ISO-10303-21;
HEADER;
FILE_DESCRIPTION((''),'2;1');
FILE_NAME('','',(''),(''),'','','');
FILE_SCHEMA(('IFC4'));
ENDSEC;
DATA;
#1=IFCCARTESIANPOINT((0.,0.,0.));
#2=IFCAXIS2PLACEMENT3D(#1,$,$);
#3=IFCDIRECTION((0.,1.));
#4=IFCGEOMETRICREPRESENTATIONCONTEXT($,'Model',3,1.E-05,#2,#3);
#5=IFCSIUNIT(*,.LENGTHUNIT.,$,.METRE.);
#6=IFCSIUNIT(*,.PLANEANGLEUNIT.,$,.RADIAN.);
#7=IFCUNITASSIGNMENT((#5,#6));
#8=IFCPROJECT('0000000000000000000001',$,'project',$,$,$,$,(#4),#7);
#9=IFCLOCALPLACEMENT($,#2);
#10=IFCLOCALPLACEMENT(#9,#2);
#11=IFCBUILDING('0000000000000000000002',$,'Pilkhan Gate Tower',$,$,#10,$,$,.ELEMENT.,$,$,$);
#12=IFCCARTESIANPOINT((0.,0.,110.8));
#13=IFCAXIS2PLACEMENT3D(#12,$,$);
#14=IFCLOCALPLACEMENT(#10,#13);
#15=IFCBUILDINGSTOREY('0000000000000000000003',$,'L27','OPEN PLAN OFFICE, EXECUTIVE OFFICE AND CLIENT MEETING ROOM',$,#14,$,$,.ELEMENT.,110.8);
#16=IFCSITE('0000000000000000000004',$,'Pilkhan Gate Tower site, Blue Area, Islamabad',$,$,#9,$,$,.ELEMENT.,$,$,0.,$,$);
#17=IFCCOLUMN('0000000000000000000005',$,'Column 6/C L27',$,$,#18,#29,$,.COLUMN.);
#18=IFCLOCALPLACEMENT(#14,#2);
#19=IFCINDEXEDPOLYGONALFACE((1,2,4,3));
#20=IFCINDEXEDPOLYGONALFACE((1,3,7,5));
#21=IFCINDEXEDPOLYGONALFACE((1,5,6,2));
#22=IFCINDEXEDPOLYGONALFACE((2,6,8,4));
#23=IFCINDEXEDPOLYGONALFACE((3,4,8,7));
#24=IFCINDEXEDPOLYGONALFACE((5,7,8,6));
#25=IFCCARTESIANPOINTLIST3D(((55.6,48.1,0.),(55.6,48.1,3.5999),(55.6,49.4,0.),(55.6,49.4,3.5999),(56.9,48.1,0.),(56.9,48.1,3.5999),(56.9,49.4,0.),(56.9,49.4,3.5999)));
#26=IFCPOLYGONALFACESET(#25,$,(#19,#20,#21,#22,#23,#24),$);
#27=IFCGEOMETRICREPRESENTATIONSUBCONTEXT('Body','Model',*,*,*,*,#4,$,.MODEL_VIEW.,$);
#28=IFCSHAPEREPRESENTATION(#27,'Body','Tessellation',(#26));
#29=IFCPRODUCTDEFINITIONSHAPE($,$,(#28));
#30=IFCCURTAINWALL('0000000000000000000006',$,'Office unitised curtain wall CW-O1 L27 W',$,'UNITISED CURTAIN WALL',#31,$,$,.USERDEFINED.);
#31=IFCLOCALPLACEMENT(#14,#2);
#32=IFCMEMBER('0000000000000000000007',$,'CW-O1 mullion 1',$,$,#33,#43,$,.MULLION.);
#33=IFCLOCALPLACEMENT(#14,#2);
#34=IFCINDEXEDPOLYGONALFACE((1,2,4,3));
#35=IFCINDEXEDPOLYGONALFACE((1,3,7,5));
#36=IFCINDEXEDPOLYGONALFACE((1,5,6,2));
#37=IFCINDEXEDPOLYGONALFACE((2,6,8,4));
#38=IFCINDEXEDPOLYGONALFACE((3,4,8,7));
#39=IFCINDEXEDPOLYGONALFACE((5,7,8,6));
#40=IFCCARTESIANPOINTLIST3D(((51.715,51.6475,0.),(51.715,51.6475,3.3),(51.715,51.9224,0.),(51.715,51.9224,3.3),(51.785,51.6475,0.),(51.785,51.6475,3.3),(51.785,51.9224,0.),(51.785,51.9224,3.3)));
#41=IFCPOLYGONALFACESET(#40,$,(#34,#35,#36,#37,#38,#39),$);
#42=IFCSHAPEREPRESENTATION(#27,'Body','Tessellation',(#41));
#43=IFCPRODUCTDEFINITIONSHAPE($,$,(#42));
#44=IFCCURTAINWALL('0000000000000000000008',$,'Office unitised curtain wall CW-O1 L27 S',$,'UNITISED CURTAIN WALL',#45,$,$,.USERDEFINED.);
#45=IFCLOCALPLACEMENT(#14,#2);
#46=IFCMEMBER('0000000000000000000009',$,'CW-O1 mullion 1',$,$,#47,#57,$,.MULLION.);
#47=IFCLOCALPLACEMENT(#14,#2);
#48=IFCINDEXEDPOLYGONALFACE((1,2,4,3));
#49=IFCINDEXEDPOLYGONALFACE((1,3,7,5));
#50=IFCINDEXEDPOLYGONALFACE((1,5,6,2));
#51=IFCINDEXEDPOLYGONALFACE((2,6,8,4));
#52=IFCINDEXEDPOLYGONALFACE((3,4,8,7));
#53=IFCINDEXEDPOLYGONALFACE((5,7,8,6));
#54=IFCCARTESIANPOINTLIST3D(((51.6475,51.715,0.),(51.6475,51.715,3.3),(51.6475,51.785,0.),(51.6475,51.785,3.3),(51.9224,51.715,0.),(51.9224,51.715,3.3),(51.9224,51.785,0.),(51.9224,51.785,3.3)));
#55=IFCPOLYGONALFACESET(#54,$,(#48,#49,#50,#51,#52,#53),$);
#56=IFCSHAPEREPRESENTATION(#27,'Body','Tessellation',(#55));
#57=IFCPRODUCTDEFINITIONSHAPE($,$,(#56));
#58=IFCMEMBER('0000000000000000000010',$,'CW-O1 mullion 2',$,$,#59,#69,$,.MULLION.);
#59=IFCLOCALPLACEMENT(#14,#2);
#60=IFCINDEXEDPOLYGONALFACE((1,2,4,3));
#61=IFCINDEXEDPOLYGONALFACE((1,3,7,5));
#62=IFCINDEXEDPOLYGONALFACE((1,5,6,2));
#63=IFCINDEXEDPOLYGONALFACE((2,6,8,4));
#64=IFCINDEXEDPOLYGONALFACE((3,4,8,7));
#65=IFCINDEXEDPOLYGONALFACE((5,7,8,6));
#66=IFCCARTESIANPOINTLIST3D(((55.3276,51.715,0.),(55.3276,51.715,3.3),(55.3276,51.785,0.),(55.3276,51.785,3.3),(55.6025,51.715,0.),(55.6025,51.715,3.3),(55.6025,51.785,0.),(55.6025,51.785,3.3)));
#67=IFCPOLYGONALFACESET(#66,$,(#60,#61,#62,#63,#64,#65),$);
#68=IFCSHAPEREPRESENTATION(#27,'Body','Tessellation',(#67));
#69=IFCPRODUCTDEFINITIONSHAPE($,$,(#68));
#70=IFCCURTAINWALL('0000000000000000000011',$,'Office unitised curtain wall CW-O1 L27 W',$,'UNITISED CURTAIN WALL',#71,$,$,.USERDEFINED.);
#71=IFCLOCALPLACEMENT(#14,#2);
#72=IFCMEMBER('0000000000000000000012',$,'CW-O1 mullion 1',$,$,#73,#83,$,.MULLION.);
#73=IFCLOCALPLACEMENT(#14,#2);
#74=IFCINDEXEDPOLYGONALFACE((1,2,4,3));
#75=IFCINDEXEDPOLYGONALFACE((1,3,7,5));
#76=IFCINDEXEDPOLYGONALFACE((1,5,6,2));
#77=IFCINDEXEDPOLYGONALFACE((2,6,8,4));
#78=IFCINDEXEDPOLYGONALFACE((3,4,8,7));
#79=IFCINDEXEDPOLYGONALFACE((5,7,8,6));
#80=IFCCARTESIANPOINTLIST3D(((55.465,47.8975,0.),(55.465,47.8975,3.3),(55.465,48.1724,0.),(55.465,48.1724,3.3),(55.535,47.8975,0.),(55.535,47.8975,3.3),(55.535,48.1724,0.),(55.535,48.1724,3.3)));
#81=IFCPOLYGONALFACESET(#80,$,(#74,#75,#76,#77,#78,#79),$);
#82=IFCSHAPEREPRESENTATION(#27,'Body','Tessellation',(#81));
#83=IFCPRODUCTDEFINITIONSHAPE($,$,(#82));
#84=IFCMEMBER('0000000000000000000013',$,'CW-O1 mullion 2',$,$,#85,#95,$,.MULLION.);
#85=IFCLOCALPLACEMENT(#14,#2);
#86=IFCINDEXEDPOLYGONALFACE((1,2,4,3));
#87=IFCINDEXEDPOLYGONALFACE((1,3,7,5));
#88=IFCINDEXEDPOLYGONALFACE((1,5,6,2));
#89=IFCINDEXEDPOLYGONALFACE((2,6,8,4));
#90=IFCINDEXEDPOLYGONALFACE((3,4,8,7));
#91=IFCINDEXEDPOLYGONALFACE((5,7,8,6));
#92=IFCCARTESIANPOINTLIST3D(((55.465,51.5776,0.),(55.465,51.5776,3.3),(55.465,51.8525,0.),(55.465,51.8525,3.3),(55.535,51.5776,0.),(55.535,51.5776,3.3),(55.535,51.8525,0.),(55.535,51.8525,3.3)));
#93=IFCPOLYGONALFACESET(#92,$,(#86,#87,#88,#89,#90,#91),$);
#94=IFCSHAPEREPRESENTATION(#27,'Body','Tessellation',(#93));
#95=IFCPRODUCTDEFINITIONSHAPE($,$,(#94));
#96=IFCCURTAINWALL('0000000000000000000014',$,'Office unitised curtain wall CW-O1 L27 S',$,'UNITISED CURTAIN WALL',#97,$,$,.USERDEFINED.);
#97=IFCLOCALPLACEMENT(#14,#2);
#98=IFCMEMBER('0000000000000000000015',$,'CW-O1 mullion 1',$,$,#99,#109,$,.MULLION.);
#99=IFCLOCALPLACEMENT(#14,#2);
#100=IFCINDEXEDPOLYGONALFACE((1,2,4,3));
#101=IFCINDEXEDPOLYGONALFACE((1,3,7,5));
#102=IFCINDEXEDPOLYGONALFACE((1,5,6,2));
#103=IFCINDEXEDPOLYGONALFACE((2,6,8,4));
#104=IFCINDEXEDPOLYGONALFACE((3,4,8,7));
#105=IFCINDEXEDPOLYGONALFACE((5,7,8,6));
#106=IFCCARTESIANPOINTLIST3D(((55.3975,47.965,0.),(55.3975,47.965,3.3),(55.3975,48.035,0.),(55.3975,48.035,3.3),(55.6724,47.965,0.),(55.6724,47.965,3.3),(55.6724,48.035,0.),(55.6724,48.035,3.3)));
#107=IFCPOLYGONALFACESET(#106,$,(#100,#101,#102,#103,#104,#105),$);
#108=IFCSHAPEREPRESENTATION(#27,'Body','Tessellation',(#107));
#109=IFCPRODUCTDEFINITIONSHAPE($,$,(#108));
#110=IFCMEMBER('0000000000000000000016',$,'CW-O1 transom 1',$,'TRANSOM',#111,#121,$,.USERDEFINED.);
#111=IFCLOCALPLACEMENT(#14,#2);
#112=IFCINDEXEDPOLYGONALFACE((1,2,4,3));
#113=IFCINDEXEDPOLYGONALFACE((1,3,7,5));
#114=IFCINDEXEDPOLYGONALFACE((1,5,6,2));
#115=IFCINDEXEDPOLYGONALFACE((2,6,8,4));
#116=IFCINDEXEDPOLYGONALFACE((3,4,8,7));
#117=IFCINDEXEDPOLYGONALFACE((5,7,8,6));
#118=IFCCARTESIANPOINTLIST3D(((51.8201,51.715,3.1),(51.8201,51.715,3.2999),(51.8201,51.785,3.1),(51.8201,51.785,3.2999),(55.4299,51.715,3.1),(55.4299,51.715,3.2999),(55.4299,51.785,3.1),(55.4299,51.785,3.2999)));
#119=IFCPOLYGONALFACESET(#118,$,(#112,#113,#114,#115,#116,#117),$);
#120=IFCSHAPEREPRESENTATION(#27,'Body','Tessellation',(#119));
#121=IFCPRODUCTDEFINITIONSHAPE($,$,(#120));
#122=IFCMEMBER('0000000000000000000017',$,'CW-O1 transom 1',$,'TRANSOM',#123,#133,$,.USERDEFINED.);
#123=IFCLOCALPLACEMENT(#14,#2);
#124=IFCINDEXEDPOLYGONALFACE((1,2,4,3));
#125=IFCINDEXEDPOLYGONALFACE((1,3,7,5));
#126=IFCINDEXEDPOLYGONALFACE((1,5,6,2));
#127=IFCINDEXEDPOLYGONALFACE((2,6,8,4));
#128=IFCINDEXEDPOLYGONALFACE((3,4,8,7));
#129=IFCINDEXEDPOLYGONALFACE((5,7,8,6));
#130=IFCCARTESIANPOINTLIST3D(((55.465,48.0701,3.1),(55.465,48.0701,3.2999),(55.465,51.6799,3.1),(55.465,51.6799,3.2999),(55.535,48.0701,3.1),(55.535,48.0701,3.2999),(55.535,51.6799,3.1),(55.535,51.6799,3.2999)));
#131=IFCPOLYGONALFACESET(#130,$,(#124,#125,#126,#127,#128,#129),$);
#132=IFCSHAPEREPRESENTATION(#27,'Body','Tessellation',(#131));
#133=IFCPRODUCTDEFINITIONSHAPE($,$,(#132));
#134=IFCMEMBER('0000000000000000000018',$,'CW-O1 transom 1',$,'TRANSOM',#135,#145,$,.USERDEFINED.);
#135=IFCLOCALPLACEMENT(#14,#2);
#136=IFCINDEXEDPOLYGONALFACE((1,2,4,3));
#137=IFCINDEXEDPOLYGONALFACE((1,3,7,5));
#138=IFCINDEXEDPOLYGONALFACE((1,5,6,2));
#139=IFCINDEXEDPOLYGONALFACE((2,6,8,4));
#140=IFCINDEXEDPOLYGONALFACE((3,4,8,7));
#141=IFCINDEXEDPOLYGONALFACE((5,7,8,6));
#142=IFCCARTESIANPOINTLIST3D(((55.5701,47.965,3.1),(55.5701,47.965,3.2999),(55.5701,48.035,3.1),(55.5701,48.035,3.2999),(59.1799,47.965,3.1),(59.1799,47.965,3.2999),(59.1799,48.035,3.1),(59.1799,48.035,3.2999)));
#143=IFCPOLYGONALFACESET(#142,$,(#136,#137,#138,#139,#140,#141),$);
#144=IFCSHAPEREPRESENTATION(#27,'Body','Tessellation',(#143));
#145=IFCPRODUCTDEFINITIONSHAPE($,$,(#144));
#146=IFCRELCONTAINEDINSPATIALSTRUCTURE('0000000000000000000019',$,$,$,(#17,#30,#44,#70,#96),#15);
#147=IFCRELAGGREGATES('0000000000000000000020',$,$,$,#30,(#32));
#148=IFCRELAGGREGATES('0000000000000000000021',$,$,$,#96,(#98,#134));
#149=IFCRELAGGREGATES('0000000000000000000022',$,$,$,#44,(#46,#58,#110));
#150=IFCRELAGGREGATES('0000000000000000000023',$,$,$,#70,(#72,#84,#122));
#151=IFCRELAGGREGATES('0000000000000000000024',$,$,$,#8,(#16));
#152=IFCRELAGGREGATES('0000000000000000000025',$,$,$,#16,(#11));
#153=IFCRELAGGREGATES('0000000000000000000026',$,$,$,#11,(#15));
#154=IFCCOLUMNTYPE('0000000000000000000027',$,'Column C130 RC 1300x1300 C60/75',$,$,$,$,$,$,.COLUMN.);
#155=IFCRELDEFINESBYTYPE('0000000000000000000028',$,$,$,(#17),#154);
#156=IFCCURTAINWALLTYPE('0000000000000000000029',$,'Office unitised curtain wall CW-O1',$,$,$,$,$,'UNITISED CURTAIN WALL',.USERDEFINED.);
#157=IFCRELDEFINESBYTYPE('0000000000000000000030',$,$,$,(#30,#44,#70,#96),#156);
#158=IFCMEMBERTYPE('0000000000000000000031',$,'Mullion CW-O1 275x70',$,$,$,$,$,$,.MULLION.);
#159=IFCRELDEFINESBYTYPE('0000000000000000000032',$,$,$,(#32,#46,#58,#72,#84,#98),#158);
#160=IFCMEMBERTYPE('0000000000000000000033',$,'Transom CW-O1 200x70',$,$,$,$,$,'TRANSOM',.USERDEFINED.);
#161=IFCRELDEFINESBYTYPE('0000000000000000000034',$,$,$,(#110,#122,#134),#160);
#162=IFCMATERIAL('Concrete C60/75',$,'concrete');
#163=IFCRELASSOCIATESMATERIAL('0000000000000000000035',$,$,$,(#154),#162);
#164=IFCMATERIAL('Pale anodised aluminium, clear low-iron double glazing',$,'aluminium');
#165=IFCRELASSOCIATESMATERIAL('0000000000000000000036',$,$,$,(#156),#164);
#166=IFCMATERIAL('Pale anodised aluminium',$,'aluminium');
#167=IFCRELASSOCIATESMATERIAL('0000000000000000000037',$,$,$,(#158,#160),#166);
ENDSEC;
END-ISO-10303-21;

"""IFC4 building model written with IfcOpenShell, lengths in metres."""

from ifc_helpers import new_model, si_unit, direction, frame, origin, origin_2d, place, context, subcontext, project, spatial, rectangle, extrude, material, material_profile, profile_set, type_object, element, aggregate, save


model = new_model("IFC4")

# Units and contexts
model_context = context("Model", 3, precision=1e-05, world=origin(), true_north=direction((0.0, 1.0)))
body_context = subcontext(model_context, "Body", "Model", "MODEL_VIEW")
ifc_project = project(units=[si_unit("LENGTHUNIT", "METRE"), si_unit("PLANEANGLEUNIT", "RADIAN")], contexts=[model_context])

# Site, building, storey
site_placement = place(None, origin())
site = spatial("IfcSite", under=ifc_project, at=site_placement, Name="Pilkhan Gate Tower site, Blue Area, Islamabad", CompositionType="ELEMENT", RefElevation=0.0)
building_placement = place(site_placement, origin())
building = spatial("IfcBuilding", under=site, at=building_placement, Name="Pilkhan Gate Tower", CompositionType="ELEMENT")
storey_placement = place(building_placement, frame((0.0, 0.0, 110.8)))
storey = spatial("IfcBuildingStorey", under=building, at=storey_placement, Name="L27", Description="OPEN PLAN OFFICE, EXECUTIVE OFFICE AND CLIENT MEETING ROOM", CompositionType="ELEMENT", Elevation=110.8)

# Column
ifc_material_1 = material(Name="Concrete C60/75", Category="concrete")
ifc_material_profile_1 = material_profile(ifc_material_1, rectangle(XDim=1.3, YDim=1.3, at=origin_2d()), Name="RC 1300x1300")
ifc_profile_set_1 = profile_set([ifc_material_profile_1], Name="Concrete C60/75")
column_type = type_object("IfcColumnType", Name="Column C130 RC 1300x1300 C60/75", PredefinedType="COLUMN", material=ifc_profile_set_1)
column_placement = place(storey_placement, frame((56.25, 48.75, 0.0), z_axis=(0.0, 0.0, 1.0), x_axis=(1.0, 0.0, 0.0)))
element("IfcColumn", 1, at=column_placement, inside=storey, type_object=column_type, Name="Column 6/C L27", PredefinedType="COLUMN", context=body_context, shape_type="SweptSolid", body=[
    extrude(rectangle(XDim=1.3, YDim=1.3, at=origin_2d()), origin(), (0.0, 0.0, 1.0), 3.5999),
])

# Curtain wall, member
ifc_material_2 = material(Name="Pale anodised aluminium, clear low-iron double glazing", Category="aluminium")
curtain_wall_type = type_object("IfcCurtainWallType", Name="Office unitised curtain wall CW-O1", ElementType="UNITISED CURTAIN WALL", PredefinedType="USERDEFINED", material=ifc_material_2)
curtain_wall_1_placement = place(storey_placement, origin())
curtain_wall_1 = element("IfcCurtainWall", 2, at=curtain_wall_1_placement, inside=storey, type_object=curtain_wall_type, Name="Office unitised curtain wall CW-O1 L27 W", ObjectType="UNITISED CURTAIN WALL", PredefinedType="USERDEFINED")
ifc_material_3 = material(Name="Pale anodised aluminium", Category="aluminium")
ifc_material_profile_2 = material_profile(ifc_material_3, rectangle(XDim=0.0701, YDim=0.2749, at=origin_2d()), Name="Mullion 275x70")
ifc_profile_set_2 = profile_set([ifc_material_profile_2], Name="Pale anodised aluminium")
member_type_1 = type_object("IfcMemberType", Name="Mullion CW-O1 275x70", PredefinedType="MULLION", material=ifc_profile_set_2)
member_1_placement = place(storey_placement, frame((51.75, 51.7849, 0.0), z_axis=(0.0, 0.0, 1.0), x_axis=(-1.0, 0.0, 0.0)))
member_1 = element("IfcMember", 3, at=member_1_placement, type_object=member_type_1, Name="CW-O1 mullion 1", PredefinedType="MULLION", context=body_context, shape_type="SweptSolid", body=[
    extrude(rectangle(XDim=0.0701, YDim=0.2749, at=origin_2d()), origin(), (0.0, 0.0, 1.0), 3.3),
])
aggregate(curtain_wall_1, [member_1])

# Curtain walls, members
curtain_wall_2_placement = place(storey_placement, origin())
curtain_wall_2 = element("IfcCurtainWall", 4, at=curtain_wall_2_placement, inside=storey, type_object=curtain_wall_type, Name="Office unitised curtain wall CW-O1 L27 S", ObjectType="UNITISED CURTAIN WALL", PredefinedType="USERDEFINED")
member_2_placement = place(storey_placement, frame((51.7849, 51.75, 0.0), z_axis=(0.0, 0.0, 1.0), x_axis=(0.0, 1.0, 0.0)))
member_2 = element("IfcMember", 5, at=member_2_placement, type_object=member_type_1, Name="CW-O1 mullion 1", PredefinedType="MULLION", context=body_context, shape_type="SweptSolid", body=[
    extrude(rectangle(XDim=0.0701, YDim=0.2749, at=origin_2d()), origin(), (0.0, 0.0, 1.0), 3.3),
])
member_3_placement = place(storey_placement, frame((55.4651, 51.75, 0.0), z_axis=(0.0, 0.0, 1.0), x_axis=(0.0, 1.0, 0.0)))
member_3 = element("IfcMember", 6, at=member_3_placement, type_object=member_type_1, Name="CW-O1 mullion 2", PredefinedType="MULLION", context=body_context, shape_type="SweptSolid", body=[
    extrude(rectangle(XDim=0.0701, YDim=0.2749, at=origin_2d()), origin(), (0.0, 0.0, 1.0), 3.3),
])
curtain_wall_3_placement = place(storey_placement, origin())
curtain_wall_3 = element("IfcCurtainWall", 7, at=curtain_wall_3_placement, inside=storey, type_object=curtain_wall_type, Name="Office unitised curtain wall CW-O1 L27 W", ObjectType="UNITISED CURTAIN WALL", PredefinedType="USERDEFINED")
member_4_placement = place(storey_placement, frame((55.5, 48.0349, 0.0), z_axis=(0.0, 0.0, 1.0), x_axis=(-1.0, 0.0, 0.0)))
member_4 = element("IfcMember", 8, at=member_4_placement, type_object=member_type_1, Name="CW-O1 mullion 1", PredefinedType="MULLION", context=body_context, shape_type="SweptSolid", body=[
    extrude(rectangle(XDim=0.0701, YDim=0.2749, at=origin_2d()), origin(), (0.0, 0.0, 1.0), 3.3),
])
member_5_placement = place(storey_placement, frame((55.5, 51.7151, 0.0), z_axis=(0.0, 0.0, 1.0), x_axis=(-1.0, 0.0, 0.0)))
member_5 = element("IfcMember", 9, at=member_5_placement, type_object=member_type_1, Name="CW-O1 mullion 2", PredefinedType="MULLION", context=body_context, shape_type="SweptSolid", body=[
    extrude(rectangle(XDim=0.0701, YDim=0.2749, at=origin_2d()), origin(), (0.0, 0.0, 1.0), 3.3),
])

# Curtain wall, member
curtain_wall_4_placement = place(storey_placement, origin())
curtain_wall_4 = element("IfcCurtainWall", 10, at=curtain_wall_4_placement, inside=storey, type_object=curtain_wall_type, Name="Office unitised curtain wall CW-O1 L27 S", ObjectType="UNITISED CURTAIN WALL", PredefinedType="USERDEFINED")
member_6_placement = place(storey_placement, frame((55.5349, 48.0, 0.0), z_axis=(0.0, 0.0, 1.0), x_axis=(0.0, 1.0, 0.0)))
member_6 = element("IfcMember", 11, at=member_6_placement, type_object=member_type_1, Name="CW-O1 mullion 1", PredefinedType="MULLION", context=body_context, shape_type="SweptSolid", body=[
    extrude(rectangle(XDim=0.0701, YDim=0.2749, at=origin_2d()), origin(), (0.0, 0.0, 1.0), 3.3),
])

# Members
ifc_material_profile_3 = material_profile(ifc_material_3, rectangle(XDim=0.0701, YDim=0.2, at=origin_2d()), Name="Transom 200x70")
ifc_profile_set_3 = profile_set([ifc_material_profile_3], Name="Pale anodised aluminium")
member_type_2 = type_object("IfcMemberType", Name="Transom CW-O1 200x70", ElementType="TRANSOM", PredefinedType="USERDEFINED", material=ifc_profile_set_3)
member_7_placement = place(storey_placement, frame((51.8201, 51.75, 3.2), z_axis=(1.0, 0.0, 0.0), x_axis=(0.0, 1.0, 0.0)))
member_7 = element("IfcMember", 12, at=member_7_placement, type_object=member_type_2, Name="CW-O1 transom 1", ObjectType="TRANSOM", PredefinedType="USERDEFINED", context=body_context, shape_type="SweptSolid", body=[
    extrude(rectangle(XDim=0.0701, YDim=0.2, at=origin_2d()), origin(), (0.0, 0.0, 1.0), 3.6099),
])
member_8_placement = place(storey_placement, frame((55.5, 48.0701, 3.2), z_axis=(0.0, 1.0, 0.0), x_axis=(-1.0, 0.0, 0.0)))
member_8 = element("IfcMember", 13, at=member_8_placement, type_object=member_type_2, Name="CW-O1 transom 1", ObjectType="TRANSOM", PredefinedType="USERDEFINED", context=body_context, shape_type="SweptSolid", body=[
    extrude(rectangle(XDim=0.0701, YDim=0.2, at=origin_2d()), origin(), (0.0, 0.0, 1.0), 3.6099),
])
member_9_placement = place(storey_placement, frame((55.5701, 48.0, 3.2), z_axis=(1.0, 0.0, 0.0), x_axis=(0.0, 1.0, 0.0)))
member_9 = element("IfcMember", 14, at=member_9_placement, type_object=member_type_2, Name="CW-O1 transom 1", ObjectType="TRANSOM", PredefinedType="USERDEFINED", context=body_context, shape_type="SweptSolid", body=[
    extrude(rectangle(XDim=0.0701, YDim=0.2, at=origin_2d()), origin(), (0.0, 0.0, 1.0), 3.6099),
])
aggregate(curtain_wall_4, [member_6, member_9])

aggregate(curtain_wall_2, [member_2, member_3, member_7])
aggregate(curtain_wall_3, [member_4, member_5, member_8])

save(model, "model.ifc")
